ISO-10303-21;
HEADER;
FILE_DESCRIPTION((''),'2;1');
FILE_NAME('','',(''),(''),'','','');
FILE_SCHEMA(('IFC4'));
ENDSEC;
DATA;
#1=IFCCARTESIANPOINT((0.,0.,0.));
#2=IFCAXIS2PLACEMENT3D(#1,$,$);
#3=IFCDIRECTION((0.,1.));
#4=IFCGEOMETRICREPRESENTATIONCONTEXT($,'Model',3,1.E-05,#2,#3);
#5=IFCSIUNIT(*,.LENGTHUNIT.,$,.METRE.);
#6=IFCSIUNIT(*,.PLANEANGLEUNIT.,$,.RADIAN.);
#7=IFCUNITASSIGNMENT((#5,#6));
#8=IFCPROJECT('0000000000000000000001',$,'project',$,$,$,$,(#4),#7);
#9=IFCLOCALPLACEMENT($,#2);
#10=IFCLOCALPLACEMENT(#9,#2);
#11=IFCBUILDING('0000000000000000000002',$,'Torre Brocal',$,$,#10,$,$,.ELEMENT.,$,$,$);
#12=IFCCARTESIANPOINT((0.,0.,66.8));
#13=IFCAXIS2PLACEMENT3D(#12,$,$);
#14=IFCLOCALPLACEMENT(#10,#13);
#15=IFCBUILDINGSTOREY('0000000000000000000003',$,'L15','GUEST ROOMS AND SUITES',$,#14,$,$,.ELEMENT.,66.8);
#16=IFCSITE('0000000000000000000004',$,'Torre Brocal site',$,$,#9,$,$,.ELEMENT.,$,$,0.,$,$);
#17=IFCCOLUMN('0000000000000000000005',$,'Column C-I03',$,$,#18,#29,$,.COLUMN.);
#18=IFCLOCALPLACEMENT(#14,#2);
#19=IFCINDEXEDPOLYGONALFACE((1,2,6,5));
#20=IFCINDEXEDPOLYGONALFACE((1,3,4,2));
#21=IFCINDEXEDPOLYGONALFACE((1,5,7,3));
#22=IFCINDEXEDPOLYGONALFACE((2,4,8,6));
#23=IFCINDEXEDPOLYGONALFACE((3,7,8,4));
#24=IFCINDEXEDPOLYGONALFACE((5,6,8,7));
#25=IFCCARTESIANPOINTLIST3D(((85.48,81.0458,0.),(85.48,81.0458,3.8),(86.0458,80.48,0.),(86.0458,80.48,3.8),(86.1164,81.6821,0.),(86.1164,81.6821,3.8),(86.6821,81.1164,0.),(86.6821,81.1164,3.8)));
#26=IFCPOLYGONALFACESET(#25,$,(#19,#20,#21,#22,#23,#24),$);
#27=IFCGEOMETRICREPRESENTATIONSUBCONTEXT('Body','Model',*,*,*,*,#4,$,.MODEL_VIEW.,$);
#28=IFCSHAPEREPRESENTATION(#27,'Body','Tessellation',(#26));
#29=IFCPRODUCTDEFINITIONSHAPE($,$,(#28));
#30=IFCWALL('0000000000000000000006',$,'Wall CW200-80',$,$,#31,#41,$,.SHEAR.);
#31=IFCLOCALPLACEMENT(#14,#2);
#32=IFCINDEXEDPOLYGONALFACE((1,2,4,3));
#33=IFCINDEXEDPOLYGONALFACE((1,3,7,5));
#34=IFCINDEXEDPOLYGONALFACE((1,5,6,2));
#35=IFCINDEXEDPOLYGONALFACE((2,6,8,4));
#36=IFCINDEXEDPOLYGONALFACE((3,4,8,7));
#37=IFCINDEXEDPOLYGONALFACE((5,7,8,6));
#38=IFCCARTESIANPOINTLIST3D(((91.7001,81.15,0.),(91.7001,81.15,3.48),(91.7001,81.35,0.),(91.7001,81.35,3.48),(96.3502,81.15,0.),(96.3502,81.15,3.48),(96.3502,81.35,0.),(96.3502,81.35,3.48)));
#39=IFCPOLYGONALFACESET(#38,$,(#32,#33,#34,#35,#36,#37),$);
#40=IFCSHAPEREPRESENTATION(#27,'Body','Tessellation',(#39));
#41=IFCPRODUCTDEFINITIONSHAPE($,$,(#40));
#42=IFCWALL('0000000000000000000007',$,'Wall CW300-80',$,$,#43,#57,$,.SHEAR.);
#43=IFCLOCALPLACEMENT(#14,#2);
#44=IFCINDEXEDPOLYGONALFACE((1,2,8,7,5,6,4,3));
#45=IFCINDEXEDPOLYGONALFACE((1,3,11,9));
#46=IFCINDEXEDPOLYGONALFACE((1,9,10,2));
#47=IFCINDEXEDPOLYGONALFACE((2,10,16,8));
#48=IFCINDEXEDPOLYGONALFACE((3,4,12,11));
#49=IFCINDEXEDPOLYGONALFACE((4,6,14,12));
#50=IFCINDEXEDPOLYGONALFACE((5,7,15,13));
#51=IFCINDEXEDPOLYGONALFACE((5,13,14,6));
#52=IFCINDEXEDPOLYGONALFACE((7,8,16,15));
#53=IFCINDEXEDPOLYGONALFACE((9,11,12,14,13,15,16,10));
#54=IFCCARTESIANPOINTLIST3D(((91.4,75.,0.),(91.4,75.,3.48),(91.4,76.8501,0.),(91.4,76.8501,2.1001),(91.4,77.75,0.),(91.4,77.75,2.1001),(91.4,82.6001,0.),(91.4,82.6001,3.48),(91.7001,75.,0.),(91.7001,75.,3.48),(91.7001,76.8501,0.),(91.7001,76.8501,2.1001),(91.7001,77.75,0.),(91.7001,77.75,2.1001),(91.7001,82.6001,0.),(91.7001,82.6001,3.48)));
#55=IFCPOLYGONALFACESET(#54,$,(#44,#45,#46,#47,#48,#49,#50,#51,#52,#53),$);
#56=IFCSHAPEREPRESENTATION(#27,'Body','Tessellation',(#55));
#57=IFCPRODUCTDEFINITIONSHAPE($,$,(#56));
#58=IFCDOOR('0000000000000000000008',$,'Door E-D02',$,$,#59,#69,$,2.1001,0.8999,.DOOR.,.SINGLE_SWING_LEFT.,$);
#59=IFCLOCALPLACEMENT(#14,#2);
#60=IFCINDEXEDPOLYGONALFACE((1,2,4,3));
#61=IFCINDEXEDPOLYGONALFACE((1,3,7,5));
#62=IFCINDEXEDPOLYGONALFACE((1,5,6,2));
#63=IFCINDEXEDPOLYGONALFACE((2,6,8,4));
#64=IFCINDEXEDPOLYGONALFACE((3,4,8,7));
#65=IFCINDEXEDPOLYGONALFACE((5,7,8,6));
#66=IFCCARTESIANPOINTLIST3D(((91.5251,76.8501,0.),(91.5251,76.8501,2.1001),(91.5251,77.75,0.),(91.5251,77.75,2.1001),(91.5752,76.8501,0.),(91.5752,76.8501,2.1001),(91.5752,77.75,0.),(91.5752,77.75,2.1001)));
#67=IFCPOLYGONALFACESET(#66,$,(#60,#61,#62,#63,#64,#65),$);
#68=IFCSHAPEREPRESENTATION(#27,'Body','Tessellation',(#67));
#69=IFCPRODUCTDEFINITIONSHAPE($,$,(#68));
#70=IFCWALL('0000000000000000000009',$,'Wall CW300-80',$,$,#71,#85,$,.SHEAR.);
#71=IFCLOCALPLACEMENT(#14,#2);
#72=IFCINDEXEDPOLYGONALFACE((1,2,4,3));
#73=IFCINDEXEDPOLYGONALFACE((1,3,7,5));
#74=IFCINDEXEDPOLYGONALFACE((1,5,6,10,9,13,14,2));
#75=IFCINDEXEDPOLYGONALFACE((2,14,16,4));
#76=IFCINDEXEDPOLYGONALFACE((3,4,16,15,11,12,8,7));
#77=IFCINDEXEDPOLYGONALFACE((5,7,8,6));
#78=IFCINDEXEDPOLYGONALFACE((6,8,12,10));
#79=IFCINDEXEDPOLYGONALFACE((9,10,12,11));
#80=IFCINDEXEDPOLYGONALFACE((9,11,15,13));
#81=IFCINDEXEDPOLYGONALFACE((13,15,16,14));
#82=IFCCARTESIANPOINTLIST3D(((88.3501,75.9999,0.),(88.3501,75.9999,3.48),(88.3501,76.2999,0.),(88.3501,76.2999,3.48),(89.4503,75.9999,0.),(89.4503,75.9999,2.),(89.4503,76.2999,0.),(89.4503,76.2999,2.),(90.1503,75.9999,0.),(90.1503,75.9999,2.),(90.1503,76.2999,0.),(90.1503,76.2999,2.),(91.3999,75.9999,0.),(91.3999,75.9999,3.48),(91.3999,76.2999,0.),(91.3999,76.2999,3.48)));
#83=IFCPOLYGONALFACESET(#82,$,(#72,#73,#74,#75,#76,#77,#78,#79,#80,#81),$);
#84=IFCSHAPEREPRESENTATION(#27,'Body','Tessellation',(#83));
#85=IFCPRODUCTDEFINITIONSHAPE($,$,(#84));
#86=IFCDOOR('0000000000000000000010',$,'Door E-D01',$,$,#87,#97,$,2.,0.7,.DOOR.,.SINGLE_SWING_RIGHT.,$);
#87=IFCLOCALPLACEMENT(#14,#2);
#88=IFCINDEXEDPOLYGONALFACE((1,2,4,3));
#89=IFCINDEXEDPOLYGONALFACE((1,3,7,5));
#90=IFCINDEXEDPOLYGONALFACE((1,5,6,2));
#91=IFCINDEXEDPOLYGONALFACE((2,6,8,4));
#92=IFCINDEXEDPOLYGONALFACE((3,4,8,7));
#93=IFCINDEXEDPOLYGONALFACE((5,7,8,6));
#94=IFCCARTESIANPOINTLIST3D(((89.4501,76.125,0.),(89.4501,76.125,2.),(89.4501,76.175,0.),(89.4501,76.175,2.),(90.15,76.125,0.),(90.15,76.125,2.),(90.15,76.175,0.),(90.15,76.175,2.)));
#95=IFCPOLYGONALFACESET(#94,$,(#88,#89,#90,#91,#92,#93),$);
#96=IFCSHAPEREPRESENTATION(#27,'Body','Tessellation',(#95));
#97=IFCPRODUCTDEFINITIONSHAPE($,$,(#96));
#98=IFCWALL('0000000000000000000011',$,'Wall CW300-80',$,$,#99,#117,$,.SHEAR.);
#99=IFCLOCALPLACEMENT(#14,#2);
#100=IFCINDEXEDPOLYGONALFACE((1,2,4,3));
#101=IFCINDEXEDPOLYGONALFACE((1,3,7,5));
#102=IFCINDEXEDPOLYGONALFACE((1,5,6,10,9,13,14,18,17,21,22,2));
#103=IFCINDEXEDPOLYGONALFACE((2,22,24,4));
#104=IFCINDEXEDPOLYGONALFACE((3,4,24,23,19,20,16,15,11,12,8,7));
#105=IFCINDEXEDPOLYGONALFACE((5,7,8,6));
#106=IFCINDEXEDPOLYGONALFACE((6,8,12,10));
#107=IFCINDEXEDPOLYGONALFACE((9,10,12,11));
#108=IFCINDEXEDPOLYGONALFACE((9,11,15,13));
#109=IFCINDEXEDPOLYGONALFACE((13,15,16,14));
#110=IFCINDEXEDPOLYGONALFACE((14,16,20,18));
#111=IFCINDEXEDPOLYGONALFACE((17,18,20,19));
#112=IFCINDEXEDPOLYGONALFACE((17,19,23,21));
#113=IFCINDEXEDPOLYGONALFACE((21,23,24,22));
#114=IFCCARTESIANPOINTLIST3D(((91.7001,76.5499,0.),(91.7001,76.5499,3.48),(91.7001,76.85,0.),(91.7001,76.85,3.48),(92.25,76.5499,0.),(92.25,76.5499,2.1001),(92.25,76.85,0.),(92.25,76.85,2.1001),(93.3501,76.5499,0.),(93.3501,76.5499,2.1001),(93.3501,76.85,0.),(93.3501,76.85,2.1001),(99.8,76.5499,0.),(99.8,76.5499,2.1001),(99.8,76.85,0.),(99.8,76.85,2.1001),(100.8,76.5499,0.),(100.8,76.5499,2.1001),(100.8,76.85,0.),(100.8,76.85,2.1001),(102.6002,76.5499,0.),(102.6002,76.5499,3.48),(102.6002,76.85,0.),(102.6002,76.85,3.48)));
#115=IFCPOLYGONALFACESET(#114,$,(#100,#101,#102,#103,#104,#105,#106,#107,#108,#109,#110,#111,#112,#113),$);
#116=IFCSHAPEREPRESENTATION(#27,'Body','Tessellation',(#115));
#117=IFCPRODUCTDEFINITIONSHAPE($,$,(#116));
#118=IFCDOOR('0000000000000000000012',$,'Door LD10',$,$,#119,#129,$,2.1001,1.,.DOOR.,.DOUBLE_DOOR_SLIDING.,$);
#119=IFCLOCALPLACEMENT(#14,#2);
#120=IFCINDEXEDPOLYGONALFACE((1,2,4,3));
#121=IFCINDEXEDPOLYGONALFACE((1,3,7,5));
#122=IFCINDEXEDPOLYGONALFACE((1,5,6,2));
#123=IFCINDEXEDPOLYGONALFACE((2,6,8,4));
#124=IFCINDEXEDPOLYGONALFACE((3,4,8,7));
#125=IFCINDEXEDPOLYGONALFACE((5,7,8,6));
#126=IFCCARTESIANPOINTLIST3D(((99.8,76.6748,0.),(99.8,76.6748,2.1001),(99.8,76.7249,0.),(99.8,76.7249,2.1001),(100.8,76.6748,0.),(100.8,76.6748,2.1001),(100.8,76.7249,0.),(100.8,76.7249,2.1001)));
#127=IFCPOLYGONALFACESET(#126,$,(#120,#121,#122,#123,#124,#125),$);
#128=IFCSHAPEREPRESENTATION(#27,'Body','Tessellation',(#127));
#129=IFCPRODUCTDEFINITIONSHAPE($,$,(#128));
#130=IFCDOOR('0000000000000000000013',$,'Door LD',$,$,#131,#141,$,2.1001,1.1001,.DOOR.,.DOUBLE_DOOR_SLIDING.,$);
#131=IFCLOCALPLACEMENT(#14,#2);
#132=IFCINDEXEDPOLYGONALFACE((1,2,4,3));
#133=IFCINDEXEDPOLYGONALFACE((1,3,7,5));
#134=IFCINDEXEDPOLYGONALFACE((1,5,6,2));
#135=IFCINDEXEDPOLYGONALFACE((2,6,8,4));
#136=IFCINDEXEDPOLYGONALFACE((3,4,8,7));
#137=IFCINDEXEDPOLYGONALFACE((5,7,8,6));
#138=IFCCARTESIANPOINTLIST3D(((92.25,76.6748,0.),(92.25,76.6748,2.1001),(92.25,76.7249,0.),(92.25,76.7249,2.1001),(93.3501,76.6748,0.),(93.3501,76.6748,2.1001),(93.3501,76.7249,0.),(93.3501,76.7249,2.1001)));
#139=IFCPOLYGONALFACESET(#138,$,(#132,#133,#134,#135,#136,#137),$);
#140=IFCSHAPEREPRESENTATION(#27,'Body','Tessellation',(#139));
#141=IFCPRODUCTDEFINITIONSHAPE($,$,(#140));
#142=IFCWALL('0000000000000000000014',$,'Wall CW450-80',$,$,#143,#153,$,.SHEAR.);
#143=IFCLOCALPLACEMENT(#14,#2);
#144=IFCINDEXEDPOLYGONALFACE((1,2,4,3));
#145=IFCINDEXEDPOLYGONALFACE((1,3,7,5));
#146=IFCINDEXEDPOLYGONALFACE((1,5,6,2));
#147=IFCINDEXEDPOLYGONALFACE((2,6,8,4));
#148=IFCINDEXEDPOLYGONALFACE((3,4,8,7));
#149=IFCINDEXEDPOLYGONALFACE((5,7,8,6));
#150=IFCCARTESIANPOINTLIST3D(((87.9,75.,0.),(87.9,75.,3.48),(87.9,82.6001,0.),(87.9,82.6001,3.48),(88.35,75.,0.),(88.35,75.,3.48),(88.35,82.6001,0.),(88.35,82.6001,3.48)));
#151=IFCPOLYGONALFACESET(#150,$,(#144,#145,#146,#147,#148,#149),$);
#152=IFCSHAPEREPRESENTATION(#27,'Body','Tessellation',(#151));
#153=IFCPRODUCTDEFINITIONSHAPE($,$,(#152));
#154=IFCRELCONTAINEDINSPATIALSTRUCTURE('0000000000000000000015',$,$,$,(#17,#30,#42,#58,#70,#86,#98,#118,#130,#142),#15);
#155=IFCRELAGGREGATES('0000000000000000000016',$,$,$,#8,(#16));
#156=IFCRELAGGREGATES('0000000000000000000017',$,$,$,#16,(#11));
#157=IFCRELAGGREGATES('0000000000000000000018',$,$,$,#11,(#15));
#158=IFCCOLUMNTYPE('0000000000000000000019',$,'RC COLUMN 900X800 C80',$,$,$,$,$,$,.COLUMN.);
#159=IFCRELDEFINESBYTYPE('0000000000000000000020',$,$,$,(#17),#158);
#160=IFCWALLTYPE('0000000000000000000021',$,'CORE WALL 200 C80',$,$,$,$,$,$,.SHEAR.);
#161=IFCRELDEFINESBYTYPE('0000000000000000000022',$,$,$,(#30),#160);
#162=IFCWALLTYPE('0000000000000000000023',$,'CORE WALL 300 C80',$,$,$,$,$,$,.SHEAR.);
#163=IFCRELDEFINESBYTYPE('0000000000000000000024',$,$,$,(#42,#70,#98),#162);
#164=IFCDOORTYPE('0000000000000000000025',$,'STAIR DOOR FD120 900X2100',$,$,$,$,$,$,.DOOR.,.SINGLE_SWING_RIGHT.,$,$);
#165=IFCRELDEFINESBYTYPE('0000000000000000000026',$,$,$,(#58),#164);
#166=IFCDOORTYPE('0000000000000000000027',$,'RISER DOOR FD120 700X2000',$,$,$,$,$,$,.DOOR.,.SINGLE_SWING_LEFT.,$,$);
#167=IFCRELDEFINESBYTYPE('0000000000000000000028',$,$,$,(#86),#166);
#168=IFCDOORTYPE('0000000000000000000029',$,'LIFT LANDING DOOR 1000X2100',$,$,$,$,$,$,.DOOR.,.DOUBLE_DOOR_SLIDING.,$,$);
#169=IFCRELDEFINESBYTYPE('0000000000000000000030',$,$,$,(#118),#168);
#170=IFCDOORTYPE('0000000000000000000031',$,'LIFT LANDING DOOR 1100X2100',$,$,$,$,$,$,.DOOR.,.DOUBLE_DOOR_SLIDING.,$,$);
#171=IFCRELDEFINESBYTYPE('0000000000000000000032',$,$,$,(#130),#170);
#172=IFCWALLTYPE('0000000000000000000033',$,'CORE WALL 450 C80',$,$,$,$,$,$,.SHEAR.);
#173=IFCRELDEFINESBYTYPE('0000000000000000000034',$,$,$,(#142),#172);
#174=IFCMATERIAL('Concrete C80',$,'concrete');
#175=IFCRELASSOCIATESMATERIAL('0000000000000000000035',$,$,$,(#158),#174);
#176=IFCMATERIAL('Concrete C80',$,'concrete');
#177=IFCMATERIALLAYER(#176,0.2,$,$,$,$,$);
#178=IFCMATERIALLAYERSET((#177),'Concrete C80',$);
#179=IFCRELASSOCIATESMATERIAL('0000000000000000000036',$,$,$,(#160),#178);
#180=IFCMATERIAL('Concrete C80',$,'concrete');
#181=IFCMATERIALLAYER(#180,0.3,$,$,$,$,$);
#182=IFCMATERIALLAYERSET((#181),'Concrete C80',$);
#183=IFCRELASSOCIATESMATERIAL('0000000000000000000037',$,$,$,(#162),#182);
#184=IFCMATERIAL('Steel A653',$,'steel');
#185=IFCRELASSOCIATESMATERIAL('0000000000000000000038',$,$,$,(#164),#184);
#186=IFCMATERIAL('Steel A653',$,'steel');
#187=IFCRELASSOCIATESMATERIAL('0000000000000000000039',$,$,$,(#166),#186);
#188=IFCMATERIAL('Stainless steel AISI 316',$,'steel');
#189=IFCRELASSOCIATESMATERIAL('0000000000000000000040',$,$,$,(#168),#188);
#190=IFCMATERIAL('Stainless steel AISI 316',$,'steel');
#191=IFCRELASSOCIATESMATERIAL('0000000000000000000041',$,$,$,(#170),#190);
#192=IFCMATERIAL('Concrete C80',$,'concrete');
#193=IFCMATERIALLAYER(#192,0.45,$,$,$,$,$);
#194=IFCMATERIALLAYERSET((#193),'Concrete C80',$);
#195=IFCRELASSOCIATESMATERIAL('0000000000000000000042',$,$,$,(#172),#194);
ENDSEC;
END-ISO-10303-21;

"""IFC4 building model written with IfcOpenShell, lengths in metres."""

from ifc_helpers import new_model, si_unit, direction, frame, frame_2d, origin, origin_2d, place, context, subcontext, project, spatial, rectangle, extrude, material, layer, layer_set, material_profile, profile_set, type_object, element, fill, save


model = new_model("IFC4")

# Units and contexts
model_context = context("Model", 3, precision=1e-05, world=origin(), true_north=direction((0.0, 1.0)))
body_context = subcontext(model_context, "Body", "Model", "MODEL_VIEW")
ifc_project = project(units=[si_unit("LENGTHUNIT", "METRE"), si_unit("PLANEANGLEUNIT", "RADIAN")], contexts=[model_context])

# Site, building, storey
site_placement = place(None, origin())
site = spatial("IfcSite", under=ifc_project, at=site_placement, Name="Torre Brocal site", CompositionType="ELEMENT", RefElevation=0.0)
building_placement = place(site_placement, origin())
building = spatial("IfcBuilding", under=site, at=building_placement, Name="Torre Brocal", CompositionType="ELEMENT")
storey_placement = place(building_placement, frame((0.0, 0.0, 66.8)))
storey = spatial("IfcBuildingStorey", under=building, at=storey_placement, Name="L15", Description="GUEST ROOMS AND SUITES", CompositionType="ELEMENT", Elevation=66.8)

# Column
ifc_material_1 = material(Name="Concrete C80", Category="concrete")
ifc_material_profile = material_profile(ifc_material_1, rectangle(XDim=0.8999, YDim=0.8, at=origin_2d()), Name="RC 900X800")
ifc_profile_set = profile_set([ifc_material_profile], Name="Concrete C80")
column_type = type_object("IfcColumnType", Name="RC COLUMN 900X800 C80", PredefinedType="COLUMN", material=ifc_profile_set)
column_placement = place(storey_placement, frame((86.0811, 81.0811, 0.0), z_axis=(0.0, 0.0, 1.0), x_axis=(0.707107, 0.707107, 0.0)))
element("IfcColumn", 1, at=column_placement, inside=storey, type_object=column_type, Name="Column C-I03", PredefinedType="COLUMN", context=body_context, shape_type="SweptSolid", body=[
    extrude(rectangle(XDim=0.8999, YDim=0.8, at=origin_2d()), origin(), (0.0, 0.0, 1.0), 3.8),
])

# Wall
ifc_material_2 = material(Name="Concrete C80", Category="concrete")
ifc_layer_1 = layer(ifc_material_2, 0.2)
ifc_layer_set_1 = layer_set([ifc_layer_1], Name="Concrete C80")
wall_type_1 = type_object("IfcWallType", Name="CORE WALL 200 C80", PredefinedType="SHEAR", material=ifc_layer_set_1)
wall_1_placement = place(storey_placement, frame((91.7, 81.25, 0.0), z_axis=(0.0, 0.0, 1.0), x_axis=(1.0, 0.0, 0.0)))
element("IfcWall", 2, at=wall_1_placement, inside=storey, type_object=wall_type_1, Name="Wall CW200-80", PredefinedType="SHEAR", context=body_context, shape_type="SweptSolid", body=[
    extrude(rectangle(XDim=4.6501, YDim=0.2, at=frame_2d((2.3252, 0.0))), origin(), (0.0, 0.0, 1.0), 3.48),
])

# Walls, openings, doors
ifc_material_3 = material(Name="Concrete C80", Category="concrete")
ifc_layer_2 = layer(ifc_material_3, 0.3)
ifc_layer_set_2 = layer_set([ifc_layer_2], Name="Concrete C80")
wall_type_2 = type_object("IfcWallType", Name="CORE WALL 300 C80", PredefinedType="SHEAR", material=ifc_layer_set_2)
wall_2_placement = place(storey_placement, frame((91.55, 75.0, 0.0), z_axis=(0.0, 0.0, 1.0), x_axis=(0.0, 1.0, 0.0)))
wall_2 = element("IfcWall", 3, at=wall_2_placement, inside=storey, type_object=wall_type_2, Name="Wall CW300-80", PredefinedType="SHEAR", context=body_context, shape_type="SweptSolid", body=[
    extrude(rectangle(XDim=7.6001, YDim=0.3, at=frame_2d((3.8, 0.0))), origin(), (0.0, 0.0, 1.0), 3.48),
])
opening_1_placement = place(wall_2_placement, frame((1.8501, 0.0, 0.0)))
opening_1 = element("IfcOpeningElement", 4, at=opening_1_placement, cuts=wall_2, PredefinedType="OPENING", context=body_context, shape_type="SweptSolid", body=[
    extrude(rectangle(XDim=0.8999, YDim=2.1001, at=frame_2d((0.45, 1.05))), frame((0.0, 0.1599, 0.0), z_axis=(0.0, -1.0, 0.0), x_axis=(1.0, 0.0, 0.0)), (0.0, 0.0, 1.0), 0.3201),
])
ifc_material_4 = material(Name="Steel A653", Category="steel")
door_type_1 = type_object("IfcDoorType", Name="STAIR DOOR FD120 900X2100", OperationType="SINGLE_SWING_RIGHT", PredefinedType="DOOR", material=ifc_material_4)
door_1_placement = place(opening_1_placement, origin())
door_1 = element("IfcDoor", 5, at=door_1_placement, inside=storey, type_object=door_type_1, Name="Door E-D02", OperationType="SINGLE_SWING_LEFT", OverallHeight=2.1001, OverallWidth=0.8999, PredefinedType="DOOR", context=body_context, shape_type="SweptSolid", body=[
    extrude(rectangle(XDim=0.8999, YDim=2.1001, at=frame_2d((0.45, 1.05))), frame((0.0, 0.0249, 0.0), z_axis=(0.0, -1.0, 0.0), x_axis=(1.0, 0.0, 0.0)), (0.0, 0.0, 1.0), 0.05),
])
fill(opening_1, door_1)
wall_3_placement = place(storey_placement, frame((88.3501, 76.1499, 0.0), z_axis=(0.0, 0.0, 1.0), x_axis=(1.0, 0.0, 0.0)))
wall_3 = element("IfcWall", 6, at=wall_3_placement, inside=storey, type_object=wall_type_2, Name="Wall CW300-80", PredefinedType="SHEAR", context=body_context, shape_type="SweptSolid", body=[
    extrude(rectangle(XDim=3.0498, YDim=0.3, at=frame_2d((1.5249, 0.0))), origin(), (0.0, 0.0, 1.0), 3.48),
])
opening_2_placement = place(wall_3_placement, frame((1.1001, 0.0, 0.0)))
opening_2 = element("IfcOpeningElement", 7, at=opening_2_placement, cuts=wall_3, PredefinedType="OPENING", context=body_context, shape_type="SweptSolid", body=[
    extrude(rectangle(XDim=0.7, YDim=2.0, at=frame_2d((0.3501, 1.0))), frame((0.0, 0.1599, 0.0), z_axis=(0.0, -1.0, 0.0), x_axis=(1.0, 0.0, 0.0)), (0.0, 0.0, 1.0), 0.3201),
])
ifc_material_5 = material(Name="Steel A653", Category="steel")
door_type_2 = type_object("IfcDoorType", Name="RISER DOOR FD120 700X2000", OperationType="SINGLE_SWING_LEFT", PredefinedType="DOOR", material=ifc_material_5)
door_2_placement = place(opening_2_placement, frame((0.7, 0.0, 0.0), z_axis=(0.0, 0.0, 1.0), x_axis=(-1.0, 0.0, 0.0)))
door_2 = element("IfcDoor", 8, at=door_2_placement, inside=storey, type_object=door_type_2, Name="Door E-D01", OperationType="SINGLE_SWING_RIGHT", OverallHeight=2.0, OverallWidth=0.7, PredefinedType="DOOR", context=body_context, shape_type="SweptSolid", body=[
    extrude(rectangle(XDim=0.7, YDim=2.0, at=frame_2d((0.3501, 1.0))), frame((0.0, 0.0249, 0.0), z_axis=(0.0, -1.0, 0.0), x_axis=(1.0, 0.0, 0.0)), (0.0, 0.0, 1.0), 0.05),
])
fill(opening_2, door_2)

# Wall, openings, doors
wall_4_placement = place(storey_placement, frame((91.7, 76.7, 0.0), z_axis=(0.0, 0.0, 1.0), x_axis=(1.0, 0.0, 0.0)))
wall_4 = element("IfcWall", 9, at=wall_4_placement, inside=storey, type_object=wall_type_2, Name="Wall CW300-80", PredefinedType="SHEAR", context=body_context, shape_type="SweptSolid", body=[
    extrude(rectangle(XDim=10.9001, YDim=0.3, at=frame_2d((5.4502, 0.0))), origin(), (0.0, 0.0, 1.0), 3.48),
])
opening_3_placement = place(wall_4_placement, frame((0.55, 0.0, 0.0)))
opening_3 = element("IfcOpeningElement", 10, at=opening_3_placement, cuts=wall_4, PredefinedType="OPENING", context=body_context, shape_type="SweptSolid", body=[
    extrude(rectangle(XDim=1.1001, YDim=2.1001, at=frame_2d((0.55, 1.05))), frame((0.0, 0.1599, 0.0), z_axis=(0.0, -1.0, 0.0), x_axis=(1.0, 0.0, 0.0)), (0.0, 0.0, 1.0), 0.3201),
])
opening_4_placement = place(wall_4_placement, frame((8.1001, 0.0, 0.0)))
opening_4 = element("IfcOpeningElement", 11, at=opening_4_placement, cuts=wall_4, PredefinedType="OPENING", context=body_context, shape_type="SweptSolid", body=[
    extrude(rectangle(XDim=1.0, YDim=2.1001, at=frame_2d((0.5, 1.05))), frame((0.0, 0.1599, 0.0), z_axis=(0.0, -1.0, 0.0), x_axis=(1.0, 0.0, 0.0)), (0.0, 0.0, 1.0), 0.3201),
])
ifc_material_6 = material(Name="Stainless steel AISI 316", Category="steel")
door_type_3 = type_object("IfcDoorType", Name="LIFT LANDING DOOR 1000X2100", OperationType="DOUBLE_DOOR_SLIDING", PredefinedType="DOOR", material=ifc_material_6)
door_3_placement = place(opening_4_placement, origin())
door_3 = element("IfcDoor", 12, at=door_3_placement, inside=storey, type_object=door_type_3, Name="Door LD10", OperationType="DOUBLE_DOOR_SLIDING", OverallHeight=2.1001, OverallWidth=1.0, PredefinedType="DOOR", context=body_context, shape_type="SweptSolid", body=[
    extrude(rectangle(XDim=1.0, YDim=2.1001, at=frame_2d((0.5, 1.05))), frame((0.0, 0.0249, 0.0), z_axis=(0.0, -1.0, 0.0), x_axis=(1.0, 0.0, 0.0)), (0.0, 0.0, 1.0), 0.05),
])
fill(opening_4, door_3)
ifc_material_7 = material(Name="Stainless steel AISI 316", Category="steel")
door_type_4 = type_object("IfcDoorType", Name="LIFT LANDING DOOR 1100X2100", OperationType="DOUBLE_DOOR_SLIDING", PredefinedType="DOOR", material=ifc_material_7)
door_4_placement = place(opening_3_placement, origin())
door_4 = element("IfcDoor", 13, at=door_4_placement, inside=storey, type_object=door_type_4, Name="Door LD", OperationType="DOUBLE_DOOR_SLIDING", OverallHeight=2.1001, OverallWidth=1.1001, PredefinedType="DOOR", context=body_context, shape_type="SweptSolid", body=[
    extrude(rectangle(XDim=1.1001, YDim=2.1001, at=frame_2d((0.55, 1.05))), frame((0.0, 0.0249, 0.0), z_axis=(0.0, -1.0, 0.0), x_axis=(1.0, 0.0, 0.0)), (0.0, 0.0, 1.0), 0.05),
])
fill(opening_3, door_4)

# Wall
ifc_material_8 = material(Name="Concrete C80", Category="concrete")
ifc_layer_3 = layer(ifc_material_8, 0.45)
ifc_layer_set_3 = layer_set([ifc_layer_3], Name="Concrete C80")
wall_type_3 = type_object("IfcWallType", Name="CORE WALL 450 C80", PredefinedType="SHEAR", material=ifc_layer_set_3)
wall_5_placement = place(storey_placement, frame((88.125, 75.0, 0.0), z_axis=(0.0, 0.0, 1.0), x_axis=(0.0, 1.0, 0.0)))
element("IfcWall", 14, at=wall_5_placement, inside=storey, type_object=wall_type_3, Name="Wall CW450-80", PredefinedType="SHEAR", context=body_context, shape_type="SweptSolid", body=[
    extrude(rectangle(XDim=7.6001, YDim=0.45, at=frame_2d((3.8, 0.0))), origin(), (0.0, 0.0, 1.0), 3.48),
])

save(model, "model.ifc")
